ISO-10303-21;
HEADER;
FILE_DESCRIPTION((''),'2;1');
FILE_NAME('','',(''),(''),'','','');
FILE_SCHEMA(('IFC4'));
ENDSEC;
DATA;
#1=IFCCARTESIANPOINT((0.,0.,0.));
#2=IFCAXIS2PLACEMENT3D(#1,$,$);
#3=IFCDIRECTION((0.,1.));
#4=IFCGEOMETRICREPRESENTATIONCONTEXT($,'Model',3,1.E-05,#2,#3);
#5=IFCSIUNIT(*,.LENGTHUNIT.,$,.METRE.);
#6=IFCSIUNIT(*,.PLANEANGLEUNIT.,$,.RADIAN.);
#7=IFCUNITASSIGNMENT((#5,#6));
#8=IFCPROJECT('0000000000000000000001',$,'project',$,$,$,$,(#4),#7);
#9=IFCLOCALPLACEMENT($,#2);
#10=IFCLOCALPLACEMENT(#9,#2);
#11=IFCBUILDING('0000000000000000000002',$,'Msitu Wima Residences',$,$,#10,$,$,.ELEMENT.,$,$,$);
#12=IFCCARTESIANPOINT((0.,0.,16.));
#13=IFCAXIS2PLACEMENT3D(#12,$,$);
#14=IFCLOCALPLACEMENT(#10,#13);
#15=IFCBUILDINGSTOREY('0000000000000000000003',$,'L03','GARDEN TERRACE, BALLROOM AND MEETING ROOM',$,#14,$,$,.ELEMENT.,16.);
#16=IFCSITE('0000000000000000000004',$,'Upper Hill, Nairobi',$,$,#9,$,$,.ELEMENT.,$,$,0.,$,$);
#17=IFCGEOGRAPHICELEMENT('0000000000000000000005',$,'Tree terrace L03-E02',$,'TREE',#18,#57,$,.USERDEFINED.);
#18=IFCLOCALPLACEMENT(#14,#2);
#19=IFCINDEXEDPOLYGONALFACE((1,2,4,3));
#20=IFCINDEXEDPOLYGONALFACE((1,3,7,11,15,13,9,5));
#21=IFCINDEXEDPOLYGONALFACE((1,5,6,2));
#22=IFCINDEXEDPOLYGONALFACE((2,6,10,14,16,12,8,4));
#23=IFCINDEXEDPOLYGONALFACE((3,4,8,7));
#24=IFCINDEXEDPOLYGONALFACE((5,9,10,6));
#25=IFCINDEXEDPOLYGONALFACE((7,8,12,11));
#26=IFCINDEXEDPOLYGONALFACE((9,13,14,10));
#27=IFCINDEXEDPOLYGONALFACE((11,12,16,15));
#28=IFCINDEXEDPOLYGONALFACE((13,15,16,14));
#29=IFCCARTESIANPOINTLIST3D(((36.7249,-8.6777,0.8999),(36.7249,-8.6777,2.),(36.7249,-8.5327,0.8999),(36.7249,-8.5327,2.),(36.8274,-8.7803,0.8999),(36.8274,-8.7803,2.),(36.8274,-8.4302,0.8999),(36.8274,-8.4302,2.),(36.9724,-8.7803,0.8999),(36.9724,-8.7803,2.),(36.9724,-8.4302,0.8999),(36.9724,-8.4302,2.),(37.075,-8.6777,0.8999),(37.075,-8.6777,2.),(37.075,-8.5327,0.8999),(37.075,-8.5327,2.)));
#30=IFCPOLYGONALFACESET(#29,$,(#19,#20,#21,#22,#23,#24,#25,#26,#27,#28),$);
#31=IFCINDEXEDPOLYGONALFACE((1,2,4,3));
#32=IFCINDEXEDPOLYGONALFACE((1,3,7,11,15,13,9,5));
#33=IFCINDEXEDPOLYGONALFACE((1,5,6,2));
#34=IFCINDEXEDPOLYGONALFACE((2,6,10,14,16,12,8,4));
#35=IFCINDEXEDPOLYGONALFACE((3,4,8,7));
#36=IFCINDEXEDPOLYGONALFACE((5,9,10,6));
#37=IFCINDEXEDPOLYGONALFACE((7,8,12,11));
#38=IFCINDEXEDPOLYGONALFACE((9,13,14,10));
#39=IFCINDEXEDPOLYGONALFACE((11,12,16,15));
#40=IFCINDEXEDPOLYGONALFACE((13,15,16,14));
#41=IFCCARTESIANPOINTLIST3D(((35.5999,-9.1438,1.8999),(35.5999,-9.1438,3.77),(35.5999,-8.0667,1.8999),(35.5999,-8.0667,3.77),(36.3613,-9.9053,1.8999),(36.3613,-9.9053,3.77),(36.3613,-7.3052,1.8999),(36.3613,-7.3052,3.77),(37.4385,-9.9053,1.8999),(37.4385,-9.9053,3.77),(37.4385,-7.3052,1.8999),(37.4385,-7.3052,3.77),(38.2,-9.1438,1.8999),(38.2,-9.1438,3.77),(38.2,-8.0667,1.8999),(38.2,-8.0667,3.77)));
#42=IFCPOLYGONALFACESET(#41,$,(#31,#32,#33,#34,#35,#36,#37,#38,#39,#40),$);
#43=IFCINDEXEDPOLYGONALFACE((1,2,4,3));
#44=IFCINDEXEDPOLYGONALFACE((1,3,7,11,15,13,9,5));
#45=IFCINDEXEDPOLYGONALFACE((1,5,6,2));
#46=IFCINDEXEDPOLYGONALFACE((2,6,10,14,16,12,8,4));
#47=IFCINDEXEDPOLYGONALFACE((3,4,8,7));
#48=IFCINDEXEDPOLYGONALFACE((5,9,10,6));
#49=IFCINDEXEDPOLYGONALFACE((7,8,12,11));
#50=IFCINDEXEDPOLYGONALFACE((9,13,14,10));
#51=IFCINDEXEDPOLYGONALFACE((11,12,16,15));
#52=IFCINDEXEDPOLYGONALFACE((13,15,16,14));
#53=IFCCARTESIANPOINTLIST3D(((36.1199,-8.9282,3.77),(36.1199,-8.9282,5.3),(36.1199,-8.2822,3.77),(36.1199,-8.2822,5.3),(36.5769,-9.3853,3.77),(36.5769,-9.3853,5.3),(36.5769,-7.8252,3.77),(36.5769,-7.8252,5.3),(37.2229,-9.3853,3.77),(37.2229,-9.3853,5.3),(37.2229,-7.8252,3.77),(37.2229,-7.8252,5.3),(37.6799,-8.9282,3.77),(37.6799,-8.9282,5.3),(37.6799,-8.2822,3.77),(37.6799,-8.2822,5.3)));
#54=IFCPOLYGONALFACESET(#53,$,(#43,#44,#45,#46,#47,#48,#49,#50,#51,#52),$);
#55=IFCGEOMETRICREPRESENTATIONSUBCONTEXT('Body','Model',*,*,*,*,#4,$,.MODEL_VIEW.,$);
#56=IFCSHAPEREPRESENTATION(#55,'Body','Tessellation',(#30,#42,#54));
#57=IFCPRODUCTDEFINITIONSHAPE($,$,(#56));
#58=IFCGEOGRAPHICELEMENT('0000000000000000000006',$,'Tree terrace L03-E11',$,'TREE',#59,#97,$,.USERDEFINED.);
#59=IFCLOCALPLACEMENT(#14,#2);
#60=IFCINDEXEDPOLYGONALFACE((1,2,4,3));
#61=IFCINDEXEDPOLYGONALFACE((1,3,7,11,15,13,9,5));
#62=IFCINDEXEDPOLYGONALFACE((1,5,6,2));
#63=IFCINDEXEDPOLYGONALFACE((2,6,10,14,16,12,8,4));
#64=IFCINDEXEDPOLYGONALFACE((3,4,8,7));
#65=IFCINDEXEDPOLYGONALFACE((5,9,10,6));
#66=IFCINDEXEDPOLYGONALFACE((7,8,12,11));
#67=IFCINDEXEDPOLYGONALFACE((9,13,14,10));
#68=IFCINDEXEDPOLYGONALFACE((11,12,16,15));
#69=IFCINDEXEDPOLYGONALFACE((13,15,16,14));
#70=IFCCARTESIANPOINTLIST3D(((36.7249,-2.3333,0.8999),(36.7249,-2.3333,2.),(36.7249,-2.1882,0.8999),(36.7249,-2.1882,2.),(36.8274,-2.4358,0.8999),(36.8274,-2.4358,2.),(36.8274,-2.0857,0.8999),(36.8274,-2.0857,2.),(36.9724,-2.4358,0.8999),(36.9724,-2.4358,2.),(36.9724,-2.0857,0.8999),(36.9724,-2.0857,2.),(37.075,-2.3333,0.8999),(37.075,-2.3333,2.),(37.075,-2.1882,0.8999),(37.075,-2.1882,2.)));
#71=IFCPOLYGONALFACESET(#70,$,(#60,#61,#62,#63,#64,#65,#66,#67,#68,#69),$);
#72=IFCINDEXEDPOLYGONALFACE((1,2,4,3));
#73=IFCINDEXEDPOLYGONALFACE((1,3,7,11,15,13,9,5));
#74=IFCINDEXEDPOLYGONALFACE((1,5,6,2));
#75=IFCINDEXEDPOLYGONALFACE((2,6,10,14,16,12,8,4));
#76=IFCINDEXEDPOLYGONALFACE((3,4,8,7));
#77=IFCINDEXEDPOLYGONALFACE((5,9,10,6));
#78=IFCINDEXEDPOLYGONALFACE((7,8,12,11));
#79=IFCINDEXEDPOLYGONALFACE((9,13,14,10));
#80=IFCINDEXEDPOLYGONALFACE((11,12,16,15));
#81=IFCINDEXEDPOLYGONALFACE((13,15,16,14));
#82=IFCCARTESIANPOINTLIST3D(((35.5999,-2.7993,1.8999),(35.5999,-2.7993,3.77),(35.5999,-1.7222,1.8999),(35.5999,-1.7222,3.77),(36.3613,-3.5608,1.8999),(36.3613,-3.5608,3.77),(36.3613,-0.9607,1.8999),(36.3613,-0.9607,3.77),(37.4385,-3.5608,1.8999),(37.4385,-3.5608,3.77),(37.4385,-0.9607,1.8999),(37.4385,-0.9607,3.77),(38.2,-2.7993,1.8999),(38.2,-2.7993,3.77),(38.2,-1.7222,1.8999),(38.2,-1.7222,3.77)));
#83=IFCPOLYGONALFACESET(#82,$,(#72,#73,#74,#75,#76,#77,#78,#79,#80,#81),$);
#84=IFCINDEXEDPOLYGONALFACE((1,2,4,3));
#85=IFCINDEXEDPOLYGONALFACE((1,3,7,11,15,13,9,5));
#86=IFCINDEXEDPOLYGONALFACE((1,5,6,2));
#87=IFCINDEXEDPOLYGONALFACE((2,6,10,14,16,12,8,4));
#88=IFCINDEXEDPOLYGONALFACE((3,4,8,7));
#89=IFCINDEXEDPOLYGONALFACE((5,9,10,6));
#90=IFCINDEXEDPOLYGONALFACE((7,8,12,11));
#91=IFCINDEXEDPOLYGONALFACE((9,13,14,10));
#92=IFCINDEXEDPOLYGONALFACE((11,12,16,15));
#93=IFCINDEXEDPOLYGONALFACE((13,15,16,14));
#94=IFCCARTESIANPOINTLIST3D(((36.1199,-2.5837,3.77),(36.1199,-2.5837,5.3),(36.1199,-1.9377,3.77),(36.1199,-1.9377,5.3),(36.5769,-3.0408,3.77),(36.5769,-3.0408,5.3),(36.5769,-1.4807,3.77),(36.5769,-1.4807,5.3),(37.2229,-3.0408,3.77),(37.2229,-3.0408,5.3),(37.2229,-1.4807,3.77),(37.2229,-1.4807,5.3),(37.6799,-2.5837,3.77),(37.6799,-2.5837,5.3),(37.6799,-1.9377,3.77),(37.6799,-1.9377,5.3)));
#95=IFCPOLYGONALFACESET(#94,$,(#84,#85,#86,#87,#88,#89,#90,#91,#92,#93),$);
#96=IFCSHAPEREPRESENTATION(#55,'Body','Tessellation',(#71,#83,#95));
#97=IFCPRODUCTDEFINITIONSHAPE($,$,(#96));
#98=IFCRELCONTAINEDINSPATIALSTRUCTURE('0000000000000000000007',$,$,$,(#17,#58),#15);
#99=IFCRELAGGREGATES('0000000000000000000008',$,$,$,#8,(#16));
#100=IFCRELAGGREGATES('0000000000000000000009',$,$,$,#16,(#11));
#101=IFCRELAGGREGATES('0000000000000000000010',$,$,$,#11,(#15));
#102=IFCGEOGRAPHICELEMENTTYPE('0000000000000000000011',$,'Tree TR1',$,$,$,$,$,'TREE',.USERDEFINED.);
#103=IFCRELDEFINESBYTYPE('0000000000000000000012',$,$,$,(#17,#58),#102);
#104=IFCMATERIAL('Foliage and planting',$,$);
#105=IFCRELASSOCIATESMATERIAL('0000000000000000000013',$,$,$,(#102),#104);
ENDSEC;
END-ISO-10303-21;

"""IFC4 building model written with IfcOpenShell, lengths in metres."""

from ifc_helpers import new_model, si_unit, direction, frame, origin, place, context, subcontext, project, spatial, polyline, outline, extrude, material, type_object, element, save


model = new_model("IFC4")

# Units and contexts
model_context = context("Model", 3, precision=1e-05, world=origin(), true_north=direction((0.0, 1.0)))
body_context = subcontext(model_context, "Body", "Model", "MODEL_VIEW")
ifc_project = project(units=[si_unit("LENGTHUNIT", "METRE"), si_unit("PLANEANGLEUNIT", "RADIAN")], contexts=[model_context])

# Site, building, storey
site_placement = place(None, origin())
site = spatial("IfcSite", under=ifc_project, at=site_placement, Name="Upper Hill, Nairobi", CompositionType="ELEMENT", RefElevation=0.0)
building_placement = place(site_placement, origin())
building = spatial("IfcBuilding", under=site, at=building_placement, Name="Msitu Wima Residences", CompositionType="ELEMENT")
storey_placement = place(building_placement, frame((0.0, 0.0, 16.0)))
storey = spatial("IfcBuildingStorey", under=building, at=storey_placement, Name="L03", Description="GARDEN TERRACE, BALLROOM AND MEETING ROOM", CompositionType="ELEMENT", Elevation=16.0)

# Geographic elements
ifc_material_1 = material(Name="Foliage and planting")
geographic_element_type = type_object("IfcGeographicElementType", Name="Tree TR1", ElementType="TREE", PredefinedType="USERDEFINED", material=ifc_material_1)
for number, where, z_axis, x_axis, name in (
    (1, (36.8999, -8.6052, 0.8999), (0.0, 0.0, 1.0), (1.0, 0.0, 0.0), "Tree terrace L03-E02"),
    (2, (36.8999, -2.2607, 0.8999), (0.0, 0.0, 1.0), (1.0, 0.0, 0.0), "Tree terrace L03-E11"),
):
    element("IfcGeographicElement", number, at=place(storey_placement, frame(where, z_axis=z_axis, x_axis=x_axis)), inside=storey, type_object=geographic_element_type, Name=name, ObjectType="TREE", PredefinedType="USERDEFINED", context=body_context, shape_type="SweptSolid", body=[
        extrude(outline(polyline([(0.175, 0.0725), (0.0725, 0.175), (-0.0725, 0.175), (-0.175, 0.0725), (-0.175, -0.0725), (-0.0725, -0.175), (0.0725, -0.175), (0.175, -0.0725), (0.175, 0.0725)])), origin(), (0.0, 0.0, 1.0), 1.1001),
        extrude(outline(polyline([(1.3, 0.5386), (0.5386, 1.3), (-0.5386, 1.3), (-1.3, 0.5386), (-1.3, -0.5386), (-0.5386, -1.3), (0.5386, -1.3), (1.3, -0.5386), (1.3, 0.5386)])), frame((0.0, 0.0, 1.0)), (0.0, 0.0, 1.0), 1.8701),
        extrude(outline(polyline([(0.78, 0.323), (0.323, 0.78), (-0.323, 0.78), (-0.78, 0.323), (-0.78, -0.323), (-0.323, -0.78), (0.323, -0.78), (0.78, -0.323), (0.78, 0.323)])), frame((0.0, 0.0, 2.8701)), (0.0, 0.0, 1.0), 1.53),
    ])

save(model, "model.ifc")
